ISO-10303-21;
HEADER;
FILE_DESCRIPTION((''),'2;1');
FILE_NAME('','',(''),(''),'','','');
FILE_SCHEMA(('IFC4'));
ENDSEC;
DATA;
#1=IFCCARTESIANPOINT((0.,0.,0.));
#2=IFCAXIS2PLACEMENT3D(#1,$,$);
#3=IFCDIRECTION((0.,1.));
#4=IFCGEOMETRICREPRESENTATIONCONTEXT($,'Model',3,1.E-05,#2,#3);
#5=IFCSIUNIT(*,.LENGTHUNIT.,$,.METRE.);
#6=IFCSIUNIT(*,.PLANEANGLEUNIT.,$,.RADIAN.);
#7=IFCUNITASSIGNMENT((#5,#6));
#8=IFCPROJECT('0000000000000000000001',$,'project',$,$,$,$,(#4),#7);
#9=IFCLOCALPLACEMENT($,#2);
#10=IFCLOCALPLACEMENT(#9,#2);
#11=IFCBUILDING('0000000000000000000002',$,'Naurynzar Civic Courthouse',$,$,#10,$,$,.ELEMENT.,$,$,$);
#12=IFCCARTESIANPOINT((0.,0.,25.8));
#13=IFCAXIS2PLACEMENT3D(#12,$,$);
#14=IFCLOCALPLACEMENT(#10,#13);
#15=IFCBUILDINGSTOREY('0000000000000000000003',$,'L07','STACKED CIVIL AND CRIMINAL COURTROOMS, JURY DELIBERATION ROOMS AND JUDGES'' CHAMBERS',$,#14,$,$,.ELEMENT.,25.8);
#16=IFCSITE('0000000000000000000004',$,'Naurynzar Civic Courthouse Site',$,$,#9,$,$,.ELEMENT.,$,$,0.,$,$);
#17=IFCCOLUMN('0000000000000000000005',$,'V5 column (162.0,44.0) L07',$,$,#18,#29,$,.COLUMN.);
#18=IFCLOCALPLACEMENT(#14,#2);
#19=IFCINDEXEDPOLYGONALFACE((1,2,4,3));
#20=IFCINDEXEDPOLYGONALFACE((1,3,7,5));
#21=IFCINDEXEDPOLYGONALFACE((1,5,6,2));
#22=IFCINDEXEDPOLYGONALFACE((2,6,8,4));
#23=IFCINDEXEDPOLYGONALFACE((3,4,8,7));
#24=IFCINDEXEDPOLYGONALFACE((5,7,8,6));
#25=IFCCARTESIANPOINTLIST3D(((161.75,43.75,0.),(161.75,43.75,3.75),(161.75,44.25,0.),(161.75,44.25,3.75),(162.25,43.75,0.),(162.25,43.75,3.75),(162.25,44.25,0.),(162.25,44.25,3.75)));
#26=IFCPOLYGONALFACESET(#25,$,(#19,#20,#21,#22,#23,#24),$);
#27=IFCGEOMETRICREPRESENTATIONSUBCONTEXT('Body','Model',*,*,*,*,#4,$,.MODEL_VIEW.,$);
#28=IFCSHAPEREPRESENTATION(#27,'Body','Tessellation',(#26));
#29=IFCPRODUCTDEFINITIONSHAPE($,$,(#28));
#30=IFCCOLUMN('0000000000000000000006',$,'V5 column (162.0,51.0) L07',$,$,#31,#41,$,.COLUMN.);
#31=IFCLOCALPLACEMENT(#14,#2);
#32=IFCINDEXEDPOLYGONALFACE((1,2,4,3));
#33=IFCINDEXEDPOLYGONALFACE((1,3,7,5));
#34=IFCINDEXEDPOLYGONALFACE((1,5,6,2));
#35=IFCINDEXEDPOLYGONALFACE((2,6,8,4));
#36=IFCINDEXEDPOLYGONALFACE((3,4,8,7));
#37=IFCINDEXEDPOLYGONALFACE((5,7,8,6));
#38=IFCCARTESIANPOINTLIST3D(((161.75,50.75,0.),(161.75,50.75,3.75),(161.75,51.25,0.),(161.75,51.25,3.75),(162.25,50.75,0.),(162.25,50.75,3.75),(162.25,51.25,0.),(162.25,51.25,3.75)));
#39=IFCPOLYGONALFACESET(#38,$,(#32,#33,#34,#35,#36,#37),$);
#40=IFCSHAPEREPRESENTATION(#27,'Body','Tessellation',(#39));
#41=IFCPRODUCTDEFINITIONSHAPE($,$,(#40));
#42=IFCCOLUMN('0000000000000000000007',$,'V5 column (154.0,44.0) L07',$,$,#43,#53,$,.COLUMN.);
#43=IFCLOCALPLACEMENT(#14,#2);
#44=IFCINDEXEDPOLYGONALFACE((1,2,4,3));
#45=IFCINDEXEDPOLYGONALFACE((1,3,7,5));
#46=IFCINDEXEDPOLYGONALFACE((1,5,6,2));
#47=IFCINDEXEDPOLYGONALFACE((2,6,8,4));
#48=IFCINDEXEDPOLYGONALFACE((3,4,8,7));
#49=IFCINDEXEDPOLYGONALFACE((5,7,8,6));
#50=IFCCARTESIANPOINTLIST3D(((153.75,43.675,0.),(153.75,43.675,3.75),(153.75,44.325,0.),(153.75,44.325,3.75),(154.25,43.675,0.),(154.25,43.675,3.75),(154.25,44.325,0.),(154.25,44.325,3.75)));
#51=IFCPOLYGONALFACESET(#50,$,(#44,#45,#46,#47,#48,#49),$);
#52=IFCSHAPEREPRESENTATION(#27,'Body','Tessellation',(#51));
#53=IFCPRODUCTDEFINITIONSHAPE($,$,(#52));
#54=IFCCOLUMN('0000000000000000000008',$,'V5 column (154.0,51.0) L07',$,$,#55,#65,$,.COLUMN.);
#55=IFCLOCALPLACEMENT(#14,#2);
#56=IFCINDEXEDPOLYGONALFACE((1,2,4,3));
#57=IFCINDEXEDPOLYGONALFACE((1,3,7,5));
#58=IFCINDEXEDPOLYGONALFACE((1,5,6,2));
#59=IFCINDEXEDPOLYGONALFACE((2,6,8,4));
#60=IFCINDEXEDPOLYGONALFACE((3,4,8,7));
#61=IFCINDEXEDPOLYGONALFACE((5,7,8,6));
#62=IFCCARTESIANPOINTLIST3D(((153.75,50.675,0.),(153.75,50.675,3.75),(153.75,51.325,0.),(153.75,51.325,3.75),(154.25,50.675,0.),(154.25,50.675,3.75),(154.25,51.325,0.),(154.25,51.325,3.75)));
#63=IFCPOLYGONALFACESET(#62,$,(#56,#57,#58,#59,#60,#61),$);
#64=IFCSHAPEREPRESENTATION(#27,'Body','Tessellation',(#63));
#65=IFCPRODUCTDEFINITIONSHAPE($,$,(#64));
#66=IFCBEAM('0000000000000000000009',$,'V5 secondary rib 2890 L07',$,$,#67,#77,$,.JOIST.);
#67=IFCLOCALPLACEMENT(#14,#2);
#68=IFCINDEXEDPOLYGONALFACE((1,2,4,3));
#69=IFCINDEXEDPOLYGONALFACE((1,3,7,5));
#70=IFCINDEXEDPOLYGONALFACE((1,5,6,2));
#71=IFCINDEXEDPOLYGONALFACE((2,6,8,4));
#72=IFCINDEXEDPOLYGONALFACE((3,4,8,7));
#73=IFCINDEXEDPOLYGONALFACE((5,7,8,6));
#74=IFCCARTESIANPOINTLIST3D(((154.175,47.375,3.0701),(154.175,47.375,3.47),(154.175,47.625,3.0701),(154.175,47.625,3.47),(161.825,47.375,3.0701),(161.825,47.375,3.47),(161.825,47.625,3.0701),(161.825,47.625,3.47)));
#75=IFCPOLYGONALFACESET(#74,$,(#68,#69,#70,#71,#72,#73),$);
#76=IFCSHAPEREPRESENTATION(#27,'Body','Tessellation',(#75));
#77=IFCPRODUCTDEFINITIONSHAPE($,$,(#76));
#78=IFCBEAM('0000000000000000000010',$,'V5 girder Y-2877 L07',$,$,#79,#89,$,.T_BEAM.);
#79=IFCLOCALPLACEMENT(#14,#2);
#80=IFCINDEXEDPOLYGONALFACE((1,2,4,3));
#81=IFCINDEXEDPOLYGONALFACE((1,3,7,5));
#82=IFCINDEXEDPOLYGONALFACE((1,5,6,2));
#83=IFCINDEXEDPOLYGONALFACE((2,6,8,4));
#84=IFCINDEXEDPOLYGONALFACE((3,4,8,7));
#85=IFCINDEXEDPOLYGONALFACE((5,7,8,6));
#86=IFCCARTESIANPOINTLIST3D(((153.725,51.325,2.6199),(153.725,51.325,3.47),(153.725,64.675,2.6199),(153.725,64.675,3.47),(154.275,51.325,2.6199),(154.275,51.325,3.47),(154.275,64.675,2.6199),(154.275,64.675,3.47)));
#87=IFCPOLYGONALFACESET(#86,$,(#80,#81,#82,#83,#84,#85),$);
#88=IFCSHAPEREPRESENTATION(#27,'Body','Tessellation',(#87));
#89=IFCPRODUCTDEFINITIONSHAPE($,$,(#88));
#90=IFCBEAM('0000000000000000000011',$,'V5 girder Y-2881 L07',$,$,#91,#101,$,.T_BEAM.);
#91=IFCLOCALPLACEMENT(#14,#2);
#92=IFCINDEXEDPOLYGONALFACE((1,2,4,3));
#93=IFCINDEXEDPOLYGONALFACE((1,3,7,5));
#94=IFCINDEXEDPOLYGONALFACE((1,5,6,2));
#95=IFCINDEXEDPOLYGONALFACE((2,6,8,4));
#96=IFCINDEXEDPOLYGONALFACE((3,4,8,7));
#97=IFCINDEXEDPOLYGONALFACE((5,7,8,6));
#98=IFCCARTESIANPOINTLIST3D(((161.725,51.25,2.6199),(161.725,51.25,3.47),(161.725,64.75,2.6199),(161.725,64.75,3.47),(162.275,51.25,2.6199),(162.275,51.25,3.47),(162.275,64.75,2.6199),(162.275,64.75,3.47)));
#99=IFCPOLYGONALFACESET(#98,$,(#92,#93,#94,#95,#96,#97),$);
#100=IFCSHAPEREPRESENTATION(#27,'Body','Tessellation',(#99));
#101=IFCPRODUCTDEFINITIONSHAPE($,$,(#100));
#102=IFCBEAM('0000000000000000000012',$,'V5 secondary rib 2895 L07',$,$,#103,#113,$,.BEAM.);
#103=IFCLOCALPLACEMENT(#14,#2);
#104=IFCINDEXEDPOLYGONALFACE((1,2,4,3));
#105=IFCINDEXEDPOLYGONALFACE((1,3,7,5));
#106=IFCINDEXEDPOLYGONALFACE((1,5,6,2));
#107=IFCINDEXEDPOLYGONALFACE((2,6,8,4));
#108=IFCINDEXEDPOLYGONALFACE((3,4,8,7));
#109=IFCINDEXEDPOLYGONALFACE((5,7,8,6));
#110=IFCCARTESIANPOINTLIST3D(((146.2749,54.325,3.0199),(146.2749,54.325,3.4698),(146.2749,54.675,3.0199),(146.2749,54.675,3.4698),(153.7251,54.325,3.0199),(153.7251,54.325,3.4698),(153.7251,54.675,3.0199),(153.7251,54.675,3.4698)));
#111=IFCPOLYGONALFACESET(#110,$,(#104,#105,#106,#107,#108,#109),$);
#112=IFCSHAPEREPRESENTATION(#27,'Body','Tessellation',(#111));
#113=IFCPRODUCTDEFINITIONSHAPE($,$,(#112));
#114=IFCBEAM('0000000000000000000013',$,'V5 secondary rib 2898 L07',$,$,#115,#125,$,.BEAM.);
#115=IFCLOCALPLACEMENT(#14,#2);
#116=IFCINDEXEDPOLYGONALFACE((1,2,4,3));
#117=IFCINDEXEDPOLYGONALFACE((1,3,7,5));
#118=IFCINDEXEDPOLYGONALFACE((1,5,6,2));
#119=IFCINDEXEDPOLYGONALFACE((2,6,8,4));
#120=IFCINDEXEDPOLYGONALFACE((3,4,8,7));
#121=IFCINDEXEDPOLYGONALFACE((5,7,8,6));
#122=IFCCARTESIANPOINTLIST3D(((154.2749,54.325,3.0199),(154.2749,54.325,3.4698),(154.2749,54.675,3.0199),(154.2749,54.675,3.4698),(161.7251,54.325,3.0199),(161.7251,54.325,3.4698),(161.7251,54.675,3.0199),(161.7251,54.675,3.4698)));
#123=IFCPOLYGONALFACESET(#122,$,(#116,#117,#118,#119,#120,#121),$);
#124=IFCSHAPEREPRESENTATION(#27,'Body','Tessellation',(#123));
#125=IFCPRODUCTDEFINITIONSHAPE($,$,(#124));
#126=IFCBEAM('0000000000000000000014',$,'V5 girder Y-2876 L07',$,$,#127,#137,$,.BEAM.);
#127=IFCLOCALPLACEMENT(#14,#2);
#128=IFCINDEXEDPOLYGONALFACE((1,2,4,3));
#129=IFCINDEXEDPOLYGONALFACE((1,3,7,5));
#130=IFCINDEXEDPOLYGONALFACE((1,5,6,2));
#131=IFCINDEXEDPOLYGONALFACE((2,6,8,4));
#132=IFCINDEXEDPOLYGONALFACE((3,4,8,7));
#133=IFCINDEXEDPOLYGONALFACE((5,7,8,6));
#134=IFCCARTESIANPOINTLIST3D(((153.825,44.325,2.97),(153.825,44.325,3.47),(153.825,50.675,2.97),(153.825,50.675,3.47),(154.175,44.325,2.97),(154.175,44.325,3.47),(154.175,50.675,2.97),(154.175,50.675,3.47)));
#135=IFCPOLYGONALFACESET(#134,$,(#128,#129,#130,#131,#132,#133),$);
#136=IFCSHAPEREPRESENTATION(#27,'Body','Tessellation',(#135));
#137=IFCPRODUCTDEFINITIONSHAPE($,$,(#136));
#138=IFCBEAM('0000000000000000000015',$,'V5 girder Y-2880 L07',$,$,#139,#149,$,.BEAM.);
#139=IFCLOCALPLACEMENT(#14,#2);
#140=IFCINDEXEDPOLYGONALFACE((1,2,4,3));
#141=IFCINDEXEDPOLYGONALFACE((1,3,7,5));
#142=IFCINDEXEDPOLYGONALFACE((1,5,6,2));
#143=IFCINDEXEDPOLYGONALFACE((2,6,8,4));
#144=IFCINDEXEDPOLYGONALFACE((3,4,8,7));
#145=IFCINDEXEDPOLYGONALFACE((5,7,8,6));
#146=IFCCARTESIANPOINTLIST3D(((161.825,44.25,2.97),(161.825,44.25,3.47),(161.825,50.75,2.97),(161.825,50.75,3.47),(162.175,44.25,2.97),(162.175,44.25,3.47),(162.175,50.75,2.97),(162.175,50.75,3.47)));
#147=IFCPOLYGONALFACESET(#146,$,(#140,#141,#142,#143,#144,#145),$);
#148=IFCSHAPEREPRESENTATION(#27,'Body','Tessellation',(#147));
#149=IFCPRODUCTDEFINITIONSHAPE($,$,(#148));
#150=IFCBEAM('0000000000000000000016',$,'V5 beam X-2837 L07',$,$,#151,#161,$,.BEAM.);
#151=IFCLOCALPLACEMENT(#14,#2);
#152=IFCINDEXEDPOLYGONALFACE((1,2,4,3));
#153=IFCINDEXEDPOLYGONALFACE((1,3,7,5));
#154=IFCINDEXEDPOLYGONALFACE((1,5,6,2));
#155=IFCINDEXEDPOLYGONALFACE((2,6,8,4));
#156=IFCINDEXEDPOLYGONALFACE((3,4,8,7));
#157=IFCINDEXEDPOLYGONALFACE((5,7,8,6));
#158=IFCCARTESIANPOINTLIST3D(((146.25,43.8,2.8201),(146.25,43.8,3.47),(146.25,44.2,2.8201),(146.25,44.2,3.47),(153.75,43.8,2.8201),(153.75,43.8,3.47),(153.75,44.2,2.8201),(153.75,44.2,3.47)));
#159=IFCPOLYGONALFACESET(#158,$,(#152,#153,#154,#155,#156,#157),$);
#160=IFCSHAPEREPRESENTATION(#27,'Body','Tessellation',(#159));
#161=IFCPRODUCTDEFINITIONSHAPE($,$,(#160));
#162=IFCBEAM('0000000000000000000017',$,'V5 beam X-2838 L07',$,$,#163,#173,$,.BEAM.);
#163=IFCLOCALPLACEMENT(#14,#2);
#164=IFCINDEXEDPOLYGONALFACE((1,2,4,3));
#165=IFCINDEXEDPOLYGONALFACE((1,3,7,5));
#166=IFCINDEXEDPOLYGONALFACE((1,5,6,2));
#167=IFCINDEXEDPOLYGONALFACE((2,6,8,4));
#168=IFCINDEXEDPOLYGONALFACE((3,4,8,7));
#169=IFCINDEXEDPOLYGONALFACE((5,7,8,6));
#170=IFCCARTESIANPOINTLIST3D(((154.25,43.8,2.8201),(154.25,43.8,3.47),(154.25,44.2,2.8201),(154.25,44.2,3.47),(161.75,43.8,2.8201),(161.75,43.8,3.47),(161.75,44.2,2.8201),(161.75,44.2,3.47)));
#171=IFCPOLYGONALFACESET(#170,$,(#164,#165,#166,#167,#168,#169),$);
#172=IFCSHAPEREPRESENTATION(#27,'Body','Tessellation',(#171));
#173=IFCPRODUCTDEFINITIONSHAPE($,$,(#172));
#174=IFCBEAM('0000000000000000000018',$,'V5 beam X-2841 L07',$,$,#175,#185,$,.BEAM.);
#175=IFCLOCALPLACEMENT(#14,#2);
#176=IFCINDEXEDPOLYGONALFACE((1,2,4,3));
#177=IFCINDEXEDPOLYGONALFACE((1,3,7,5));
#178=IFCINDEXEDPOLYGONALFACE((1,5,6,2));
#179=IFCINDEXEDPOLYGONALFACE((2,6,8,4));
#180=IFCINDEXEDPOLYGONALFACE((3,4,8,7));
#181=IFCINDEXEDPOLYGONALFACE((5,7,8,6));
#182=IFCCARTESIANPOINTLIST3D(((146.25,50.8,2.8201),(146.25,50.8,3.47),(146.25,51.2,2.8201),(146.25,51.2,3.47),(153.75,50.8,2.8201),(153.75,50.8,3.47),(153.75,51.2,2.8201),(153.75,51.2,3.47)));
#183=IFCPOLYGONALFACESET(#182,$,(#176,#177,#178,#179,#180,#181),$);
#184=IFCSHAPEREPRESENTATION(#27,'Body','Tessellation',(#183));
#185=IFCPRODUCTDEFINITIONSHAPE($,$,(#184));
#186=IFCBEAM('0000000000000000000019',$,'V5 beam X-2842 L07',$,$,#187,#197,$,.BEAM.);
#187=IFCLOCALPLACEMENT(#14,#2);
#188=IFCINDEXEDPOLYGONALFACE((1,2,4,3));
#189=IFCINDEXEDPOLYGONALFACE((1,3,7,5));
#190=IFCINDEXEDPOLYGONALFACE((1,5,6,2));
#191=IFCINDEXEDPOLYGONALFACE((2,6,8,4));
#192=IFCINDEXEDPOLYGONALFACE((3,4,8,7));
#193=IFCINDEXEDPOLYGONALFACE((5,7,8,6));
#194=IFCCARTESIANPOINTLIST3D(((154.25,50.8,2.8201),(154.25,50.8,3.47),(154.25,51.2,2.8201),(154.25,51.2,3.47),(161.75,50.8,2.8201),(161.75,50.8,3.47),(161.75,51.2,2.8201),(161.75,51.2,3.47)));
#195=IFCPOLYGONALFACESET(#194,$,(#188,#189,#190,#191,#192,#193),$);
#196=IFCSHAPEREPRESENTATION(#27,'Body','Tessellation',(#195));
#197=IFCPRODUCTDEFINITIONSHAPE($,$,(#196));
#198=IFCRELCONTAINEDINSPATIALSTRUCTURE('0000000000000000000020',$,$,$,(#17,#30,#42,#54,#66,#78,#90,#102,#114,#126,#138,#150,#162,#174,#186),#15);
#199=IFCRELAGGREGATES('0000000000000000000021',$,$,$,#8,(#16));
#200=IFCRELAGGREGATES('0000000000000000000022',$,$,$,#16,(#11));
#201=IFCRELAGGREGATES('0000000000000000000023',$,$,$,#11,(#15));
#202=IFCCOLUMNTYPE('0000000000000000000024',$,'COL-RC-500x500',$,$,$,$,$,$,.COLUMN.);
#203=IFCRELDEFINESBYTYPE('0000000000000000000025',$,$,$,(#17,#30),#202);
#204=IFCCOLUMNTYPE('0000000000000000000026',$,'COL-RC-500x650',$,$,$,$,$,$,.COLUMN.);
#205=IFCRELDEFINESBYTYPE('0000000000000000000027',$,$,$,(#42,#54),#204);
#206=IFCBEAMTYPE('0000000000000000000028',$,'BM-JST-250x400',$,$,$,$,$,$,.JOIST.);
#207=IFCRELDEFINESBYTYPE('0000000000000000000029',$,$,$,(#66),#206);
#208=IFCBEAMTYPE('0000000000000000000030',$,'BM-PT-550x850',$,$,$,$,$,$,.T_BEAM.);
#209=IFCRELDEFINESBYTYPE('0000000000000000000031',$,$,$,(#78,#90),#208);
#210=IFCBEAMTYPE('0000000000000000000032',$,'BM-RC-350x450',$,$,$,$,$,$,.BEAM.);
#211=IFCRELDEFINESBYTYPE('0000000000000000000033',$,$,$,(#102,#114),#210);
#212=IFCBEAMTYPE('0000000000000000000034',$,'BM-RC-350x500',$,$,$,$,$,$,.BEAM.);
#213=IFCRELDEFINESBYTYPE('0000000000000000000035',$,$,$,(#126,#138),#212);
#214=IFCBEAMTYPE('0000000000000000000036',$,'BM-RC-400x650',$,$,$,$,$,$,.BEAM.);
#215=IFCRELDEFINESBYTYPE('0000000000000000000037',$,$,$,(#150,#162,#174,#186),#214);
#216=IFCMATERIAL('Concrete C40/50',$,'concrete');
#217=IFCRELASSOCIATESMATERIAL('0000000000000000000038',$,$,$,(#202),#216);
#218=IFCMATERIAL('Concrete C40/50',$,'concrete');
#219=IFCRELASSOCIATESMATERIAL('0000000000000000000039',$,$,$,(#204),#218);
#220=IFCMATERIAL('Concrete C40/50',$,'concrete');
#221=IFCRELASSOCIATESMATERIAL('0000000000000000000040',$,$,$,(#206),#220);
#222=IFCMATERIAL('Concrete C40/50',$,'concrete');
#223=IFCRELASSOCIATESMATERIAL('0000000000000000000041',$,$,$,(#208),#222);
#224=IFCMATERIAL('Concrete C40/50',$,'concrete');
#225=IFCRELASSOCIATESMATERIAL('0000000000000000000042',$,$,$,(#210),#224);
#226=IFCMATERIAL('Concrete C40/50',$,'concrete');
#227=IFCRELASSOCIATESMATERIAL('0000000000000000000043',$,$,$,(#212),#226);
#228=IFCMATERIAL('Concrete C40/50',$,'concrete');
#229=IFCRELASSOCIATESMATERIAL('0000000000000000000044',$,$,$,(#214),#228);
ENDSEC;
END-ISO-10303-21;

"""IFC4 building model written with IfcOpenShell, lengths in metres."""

from ifc_helpers import new_model, si_unit, direction, frame, origin, origin_2d, place, context, subcontext, project, spatial, rectangle, extrude, material, material_profile, profile_set, type_object, element, save


model = new_model("IFC4")

# Units and contexts
model_context = context("Model", 3, precision=1e-05, world=origin(), true_north=direction((0.0, 1.0)))
body_context = subcontext(model_context, "Body", "Model", "MODEL_VIEW")
ifc_project = project(units=[si_unit("LENGTHUNIT", "METRE"), si_unit("PLANEANGLEUNIT", "RADIAN")], contexts=[model_context])

# Site, building, storey
site_placement = place(None, origin())
site = spatial("IfcSite", under=ifc_project, at=site_placement, Name="Naurynzar Civic Courthouse Site", CompositionType="ELEMENT", RefElevation=0.0)
building_placement = place(site_placement, origin())
building = spatial("IfcBuilding", under=site, at=building_placement, Name="Naurynzar Civic Courthouse", CompositionType="ELEMENT")
storey_placement = place(building_placement, frame((0.0, 0.0, 25.8)))
storey = spatial("IfcBuildingStorey", under=building, at=storey_placement, Name="L07", Description="STACKED CIVIL AND CRIMINAL COURTROOMS, JURY DELIBERATION ROOMS AND JUDGES' CHAMBERS", CompositionType="ELEMENT", Elevation=25.8)

# Columns
ifc_material_1 = material(Name="Concrete C40/50", Category="concrete")
ifc_material_profile_1 = material_profile(ifc_material_1, rectangle(XDim=0.5, YDim=0.5, at=origin_2d()), Name="RC 500x500")
ifc_profile_set_1 = profile_set([ifc_material_profile_1], Name="Concrete C40/50")
column_type_1 = type_object("IfcColumnType", Name="COL-RC-500x500", PredefinedType="COLUMN", material=ifc_profile_set_1)
for number, where, z_axis, x_axis, name in (
    (1, (162.0, 44.0, 0.0), (0.0, 0.0, 1.0), (1.0, 0.0, 0.0), "V5 column (162.0,44.0) L07"),
    (2, (162.0, 51.0, 0.0), (0.0, 0.0, 1.0), (1.0, 0.0, 0.0), "V5 column (162.0,51.0) L07"),
):
    element("IfcColumn", number, at=place(storey_placement, frame(where, z_axis=z_axis, x_axis=x_axis)), inside=storey, type_object=column_type_1, Name=name, PredefinedType="COLUMN", context=body_context, shape_type="SweptSolid", body=[
        extrude(rectangle(XDim=0.5, YDim=0.5, at=origin_2d()), origin(), (0.0, 0.0, 1.0), 3.75),
    ])
ifc_material_2 = material(Name="Concrete C40/50", Category="concrete")
ifc_material_profile_2 = material_profile(ifc_material_2, rectangle(XDim=0.5, YDim=0.6499, at=origin_2d()), Name="RC 500x650")
ifc_profile_set_2 = profile_set([ifc_material_profile_2], Name="Concrete C40/50")
column_type_2 = type_object("IfcColumnType", Name="COL-RC-500x650", PredefinedType="COLUMN", material=ifc_profile_set_2)
for number, where, z_axis, x_axis, name in (
    (3, (154.0, 44.0, 0.0), (0.0, 0.0, 1.0), (1.0, 0.0, 0.0), "V5 column (154.0,44.0) L07"),
    (4, (154.0, 51.0, 0.0), (0.0, 0.0, 1.0), (1.0, 0.0, 0.0), "V5 column (154.0,51.0) L07"),
):
    element("IfcColumn", number, at=place(storey_placement, frame(where, z_axis=z_axis, x_axis=x_axis)), inside=storey, type_object=column_type_2, Name=name, PredefinedType="COLUMN", context=body_context, shape_type="SweptSolid", body=[
        extrude(rectangle(XDim=0.5, YDim=0.6499, at=origin_2d()), origin(), (0.0, 0.0, 1.0), 3.75),
    ])

# Beams
ifc_material_3 = material(Name="Concrete C40/50", Category="concrete")
ifc_material_profile_3 = material_profile(ifc_material_3, rectangle(XDim=0.25, YDim=0.3999, at=origin_2d()), Name="RCB 250x400")
ifc_profile_set_3 = profile_set([ifc_material_profile_3], Name="Concrete C40/50")
beam_type_1 = type_object("IfcBeamType", Name="BM-JST-250x400", PredefinedType="JOIST", material=ifc_profile_set_3)
beam_1_placement = place(storey_placement, frame((154.175, 47.5, 3.27), z_axis=(1.0, 0.0, 0.0), x_axis=(0.0, 1.0, 0.0)))
element("IfcBeam", 5, at=beam_1_placement, inside=storey, type_object=beam_type_1, Name="V5 secondary rib 2890 L07", PredefinedType="JOIST", context=body_context, shape_type="SweptSolid", body=[
    extrude(rectangle(XDim=0.25, YDim=0.3999, at=origin_2d()), origin(), (0.0, 0.0, 1.0), 7.6499),
])
ifc_material_4 = material(Name="Concrete C40/50", Category="concrete")
ifc_material_profile_4 = material_profile(ifc_material_4, rectangle(XDim=0.55, YDim=0.8501, at=origin_2d()), Name="PTB 550x850")
ifc_profile_set_4 = profile_set([ifc_material_profile_4], Name="Concrete C40/50")
beam_type_2 = type_object("IfcBeamType", Name="BM-PT-550x850", PredefinedType="T_BEAM", material=ifc_profile_set_4)
beam_2_placement = place(storey_placement, frame((154.0, 51.325, 3.0449), z_axis=(0.0, 1.0, 0.0), x_axis=(-1.0, 0.0, 0.0)))
element("IfcBeam", 6, at=beam_2_placement, inside=storey, type_object=beam_type_2, Name="V5 girder Y-2877 L07", PredefinedType="T_BEAM", context=body_context, shape_type="SweptSolid", body=[
    extrude(rectangle(XDim=0.55, YDim=0.8501, at=origin_2d()), origin(), (0.0, 0.0, 1.0), 13.3501),
])
beam_3_placement = place(storey_placement, frame((162.0, 51.25, 3.0449), z_axis=(0.0, 1.0, 0.0), x_axis=(-1.0, 0.0, 0.0)))
element("IfcBeam", 7, at=beam_3_placement, inside=storey, type_object=beam_type_2, Name="V5 girder Y-2881 L07", PredefinedType="T_BEAM", context=body_context, shape_type="SweptSolid", body=[
    extrude(rectangle(XDim=0.55, YDim=0.8501, at=origin_2d()), origin(), (0.0, 0.0, 1.0), 13.5),
])
ifc_material_5 = material(Name="Concrete C40/50", Category="concrete")
ifc_material_profile_5 = material_profile(ifc_material_5, rectangle(XDim=0.3501, YDim=0.45, at=origin_2d()), Name="RCB 350x450")
ifc_profile_set_5 = profile_set([ifc_material_profile_5], Name="Concrete C40/50")
beam_type_3 = type_object("IfcBeamType", Name="BM-RC-350x450", PredefinedType="BEAM", material=ifc_profile_set_5)
for number, where, z_axis, x_axis, name in (
    (8, (146.2749, 54.5, 3.2449), (1.0, 0.0, 0.0), (0.0, 1.0, 0.0), "V5 secondary rib 2895 L07"),
    (9, (154.2749, 54.5, 3.2449), (1.0, 0.0, 0.0), (0.0, 1.0, 0.0), "V5 secondary rib 2898 L07"),
):
    element("IfcBeam", number, at=place(storey_placement, frame(where, z_axis=z_axis, x_axis=x_axis)), inside=storey, type_object=beam_type_3, Name=name, PredefinedType="BEAM", context=body_context, shape_type="SweptSolid", body=[
        extrude(rectangle(XDim=0.3501, YDim=0.45, at=origin_2d()), origin(), (0.0, 0.0, 1.0), 7.4502),
    ])
ifc_material_6 = material(Name="Concrete C40/50", Category="concrete")
ifc_material_profile_6 = material_profile(ifc_material_6, rectangle(XDim=0.3501, YDim=0.5, at=origin_2d()), Name="RCB 350x500")
ifc_profile_set_6 = profile_set([ifc_material_profile_6], Name="Concrete C40/50")
beam_type_4 = type_object("IfcBeamType", Name="BM-RC-350x500", PredefinedType="BEAM", material=ifc_profile_set_6)
beam_4_placement = place(storey_placement, frame((154.0, 44.325, 3.22), z_axis=(0.0, 1.0, 0.0), x_axis=(-1.0, 0.0, 0.0)))
element("IfcBeam", 10, at=beam_4_placement, inside=storey, type_object=beam_type_4, Name="V5 girder Y-2876 L07", PredefinedType="BEAM", context=body_context, shape_type="SweptSolid", body=[
    extrude(rectangle(XDim=0.3501, YDim=0.5, at=origin_2d()), origin(), (0.0, 0.0, 1.0), 6.3501),
])
beam_5_placement = place(storey_placement, frame((162.0, 44.25, 3.22), z_axis=(0.0, 1.0, 0.0), x_axis=(-1.0, 0.0, 0.0)))
element("IfcBeam", 11, at=beam_5_placement, inside=storey, type_object=beam_type_4, Name="V5 girder Y-2880 L07", PredefinedType="BEAM", context=body_context, shape_type="SweptSolid", body=[
    extrude(rectangle(XDim=0.3501, YDim=0.5, at=origin_2d()), origin(), (0.0, 0.0, 1.0), 6.5),
])
ifc_material_7 = material(Name="Concrete C40/50", Category="concrete")
ifc_material_profile_7 = material_profile(ifc_material_7, rectangle(XDim=0.3999, YDim=0.6499, at=origin_2d()), Name="RCB 400x650")
ifc_profile_set_7 = profile_set([ifc_material_profile_7], Name="Concrete C40/50")
beam_type_5 = type_object("IfcBeamType", Name="BM-RC-400x650", PredefinedType="BEAM", material=ifc_profile_set_7)
for number, where, z_axis, x_axis, name in (
    (12, (146.25, 44.0, 3.145), (1.0, 0.0, 0.0), (0.0, 1.0, 0.0), "V5 beam X-2837 L07"),
    (13, (154.25, 44.0, 3.145), (1.0, 0.0, 0.0), (0.0, 1.0, 0.0), "V5 beam X-2838 L07"),
    (14, (146.25, 51.0, 3.145), (1.0, 0.0, 0.0), (0.0, 1.0, 0.0), "V5 beam X-2841 L07"),
    (15, (154.25, 51.0, 3.145), (1.0, 0.0, 0.0), (0.0, 1.0, 0.0), "V5 beam X-2842 L07"),
):
    element("IfcBeam", number, at=place(storey_placement, frame(where, z_axis=z_axis, x_axis=x_axis)), inside=storey, type_object=beam_type_5, Name=name, PredefinedType="BEAM", context=body_context, shape_type="SweptSolid", body=[
        extrude(rectangle(XDim=0.3999, YDim=0.6499, at=origin_2d()), origin(), (0.0, 0.0, 1.0), 7.5),
    ])

save(model, "model.ifc")
